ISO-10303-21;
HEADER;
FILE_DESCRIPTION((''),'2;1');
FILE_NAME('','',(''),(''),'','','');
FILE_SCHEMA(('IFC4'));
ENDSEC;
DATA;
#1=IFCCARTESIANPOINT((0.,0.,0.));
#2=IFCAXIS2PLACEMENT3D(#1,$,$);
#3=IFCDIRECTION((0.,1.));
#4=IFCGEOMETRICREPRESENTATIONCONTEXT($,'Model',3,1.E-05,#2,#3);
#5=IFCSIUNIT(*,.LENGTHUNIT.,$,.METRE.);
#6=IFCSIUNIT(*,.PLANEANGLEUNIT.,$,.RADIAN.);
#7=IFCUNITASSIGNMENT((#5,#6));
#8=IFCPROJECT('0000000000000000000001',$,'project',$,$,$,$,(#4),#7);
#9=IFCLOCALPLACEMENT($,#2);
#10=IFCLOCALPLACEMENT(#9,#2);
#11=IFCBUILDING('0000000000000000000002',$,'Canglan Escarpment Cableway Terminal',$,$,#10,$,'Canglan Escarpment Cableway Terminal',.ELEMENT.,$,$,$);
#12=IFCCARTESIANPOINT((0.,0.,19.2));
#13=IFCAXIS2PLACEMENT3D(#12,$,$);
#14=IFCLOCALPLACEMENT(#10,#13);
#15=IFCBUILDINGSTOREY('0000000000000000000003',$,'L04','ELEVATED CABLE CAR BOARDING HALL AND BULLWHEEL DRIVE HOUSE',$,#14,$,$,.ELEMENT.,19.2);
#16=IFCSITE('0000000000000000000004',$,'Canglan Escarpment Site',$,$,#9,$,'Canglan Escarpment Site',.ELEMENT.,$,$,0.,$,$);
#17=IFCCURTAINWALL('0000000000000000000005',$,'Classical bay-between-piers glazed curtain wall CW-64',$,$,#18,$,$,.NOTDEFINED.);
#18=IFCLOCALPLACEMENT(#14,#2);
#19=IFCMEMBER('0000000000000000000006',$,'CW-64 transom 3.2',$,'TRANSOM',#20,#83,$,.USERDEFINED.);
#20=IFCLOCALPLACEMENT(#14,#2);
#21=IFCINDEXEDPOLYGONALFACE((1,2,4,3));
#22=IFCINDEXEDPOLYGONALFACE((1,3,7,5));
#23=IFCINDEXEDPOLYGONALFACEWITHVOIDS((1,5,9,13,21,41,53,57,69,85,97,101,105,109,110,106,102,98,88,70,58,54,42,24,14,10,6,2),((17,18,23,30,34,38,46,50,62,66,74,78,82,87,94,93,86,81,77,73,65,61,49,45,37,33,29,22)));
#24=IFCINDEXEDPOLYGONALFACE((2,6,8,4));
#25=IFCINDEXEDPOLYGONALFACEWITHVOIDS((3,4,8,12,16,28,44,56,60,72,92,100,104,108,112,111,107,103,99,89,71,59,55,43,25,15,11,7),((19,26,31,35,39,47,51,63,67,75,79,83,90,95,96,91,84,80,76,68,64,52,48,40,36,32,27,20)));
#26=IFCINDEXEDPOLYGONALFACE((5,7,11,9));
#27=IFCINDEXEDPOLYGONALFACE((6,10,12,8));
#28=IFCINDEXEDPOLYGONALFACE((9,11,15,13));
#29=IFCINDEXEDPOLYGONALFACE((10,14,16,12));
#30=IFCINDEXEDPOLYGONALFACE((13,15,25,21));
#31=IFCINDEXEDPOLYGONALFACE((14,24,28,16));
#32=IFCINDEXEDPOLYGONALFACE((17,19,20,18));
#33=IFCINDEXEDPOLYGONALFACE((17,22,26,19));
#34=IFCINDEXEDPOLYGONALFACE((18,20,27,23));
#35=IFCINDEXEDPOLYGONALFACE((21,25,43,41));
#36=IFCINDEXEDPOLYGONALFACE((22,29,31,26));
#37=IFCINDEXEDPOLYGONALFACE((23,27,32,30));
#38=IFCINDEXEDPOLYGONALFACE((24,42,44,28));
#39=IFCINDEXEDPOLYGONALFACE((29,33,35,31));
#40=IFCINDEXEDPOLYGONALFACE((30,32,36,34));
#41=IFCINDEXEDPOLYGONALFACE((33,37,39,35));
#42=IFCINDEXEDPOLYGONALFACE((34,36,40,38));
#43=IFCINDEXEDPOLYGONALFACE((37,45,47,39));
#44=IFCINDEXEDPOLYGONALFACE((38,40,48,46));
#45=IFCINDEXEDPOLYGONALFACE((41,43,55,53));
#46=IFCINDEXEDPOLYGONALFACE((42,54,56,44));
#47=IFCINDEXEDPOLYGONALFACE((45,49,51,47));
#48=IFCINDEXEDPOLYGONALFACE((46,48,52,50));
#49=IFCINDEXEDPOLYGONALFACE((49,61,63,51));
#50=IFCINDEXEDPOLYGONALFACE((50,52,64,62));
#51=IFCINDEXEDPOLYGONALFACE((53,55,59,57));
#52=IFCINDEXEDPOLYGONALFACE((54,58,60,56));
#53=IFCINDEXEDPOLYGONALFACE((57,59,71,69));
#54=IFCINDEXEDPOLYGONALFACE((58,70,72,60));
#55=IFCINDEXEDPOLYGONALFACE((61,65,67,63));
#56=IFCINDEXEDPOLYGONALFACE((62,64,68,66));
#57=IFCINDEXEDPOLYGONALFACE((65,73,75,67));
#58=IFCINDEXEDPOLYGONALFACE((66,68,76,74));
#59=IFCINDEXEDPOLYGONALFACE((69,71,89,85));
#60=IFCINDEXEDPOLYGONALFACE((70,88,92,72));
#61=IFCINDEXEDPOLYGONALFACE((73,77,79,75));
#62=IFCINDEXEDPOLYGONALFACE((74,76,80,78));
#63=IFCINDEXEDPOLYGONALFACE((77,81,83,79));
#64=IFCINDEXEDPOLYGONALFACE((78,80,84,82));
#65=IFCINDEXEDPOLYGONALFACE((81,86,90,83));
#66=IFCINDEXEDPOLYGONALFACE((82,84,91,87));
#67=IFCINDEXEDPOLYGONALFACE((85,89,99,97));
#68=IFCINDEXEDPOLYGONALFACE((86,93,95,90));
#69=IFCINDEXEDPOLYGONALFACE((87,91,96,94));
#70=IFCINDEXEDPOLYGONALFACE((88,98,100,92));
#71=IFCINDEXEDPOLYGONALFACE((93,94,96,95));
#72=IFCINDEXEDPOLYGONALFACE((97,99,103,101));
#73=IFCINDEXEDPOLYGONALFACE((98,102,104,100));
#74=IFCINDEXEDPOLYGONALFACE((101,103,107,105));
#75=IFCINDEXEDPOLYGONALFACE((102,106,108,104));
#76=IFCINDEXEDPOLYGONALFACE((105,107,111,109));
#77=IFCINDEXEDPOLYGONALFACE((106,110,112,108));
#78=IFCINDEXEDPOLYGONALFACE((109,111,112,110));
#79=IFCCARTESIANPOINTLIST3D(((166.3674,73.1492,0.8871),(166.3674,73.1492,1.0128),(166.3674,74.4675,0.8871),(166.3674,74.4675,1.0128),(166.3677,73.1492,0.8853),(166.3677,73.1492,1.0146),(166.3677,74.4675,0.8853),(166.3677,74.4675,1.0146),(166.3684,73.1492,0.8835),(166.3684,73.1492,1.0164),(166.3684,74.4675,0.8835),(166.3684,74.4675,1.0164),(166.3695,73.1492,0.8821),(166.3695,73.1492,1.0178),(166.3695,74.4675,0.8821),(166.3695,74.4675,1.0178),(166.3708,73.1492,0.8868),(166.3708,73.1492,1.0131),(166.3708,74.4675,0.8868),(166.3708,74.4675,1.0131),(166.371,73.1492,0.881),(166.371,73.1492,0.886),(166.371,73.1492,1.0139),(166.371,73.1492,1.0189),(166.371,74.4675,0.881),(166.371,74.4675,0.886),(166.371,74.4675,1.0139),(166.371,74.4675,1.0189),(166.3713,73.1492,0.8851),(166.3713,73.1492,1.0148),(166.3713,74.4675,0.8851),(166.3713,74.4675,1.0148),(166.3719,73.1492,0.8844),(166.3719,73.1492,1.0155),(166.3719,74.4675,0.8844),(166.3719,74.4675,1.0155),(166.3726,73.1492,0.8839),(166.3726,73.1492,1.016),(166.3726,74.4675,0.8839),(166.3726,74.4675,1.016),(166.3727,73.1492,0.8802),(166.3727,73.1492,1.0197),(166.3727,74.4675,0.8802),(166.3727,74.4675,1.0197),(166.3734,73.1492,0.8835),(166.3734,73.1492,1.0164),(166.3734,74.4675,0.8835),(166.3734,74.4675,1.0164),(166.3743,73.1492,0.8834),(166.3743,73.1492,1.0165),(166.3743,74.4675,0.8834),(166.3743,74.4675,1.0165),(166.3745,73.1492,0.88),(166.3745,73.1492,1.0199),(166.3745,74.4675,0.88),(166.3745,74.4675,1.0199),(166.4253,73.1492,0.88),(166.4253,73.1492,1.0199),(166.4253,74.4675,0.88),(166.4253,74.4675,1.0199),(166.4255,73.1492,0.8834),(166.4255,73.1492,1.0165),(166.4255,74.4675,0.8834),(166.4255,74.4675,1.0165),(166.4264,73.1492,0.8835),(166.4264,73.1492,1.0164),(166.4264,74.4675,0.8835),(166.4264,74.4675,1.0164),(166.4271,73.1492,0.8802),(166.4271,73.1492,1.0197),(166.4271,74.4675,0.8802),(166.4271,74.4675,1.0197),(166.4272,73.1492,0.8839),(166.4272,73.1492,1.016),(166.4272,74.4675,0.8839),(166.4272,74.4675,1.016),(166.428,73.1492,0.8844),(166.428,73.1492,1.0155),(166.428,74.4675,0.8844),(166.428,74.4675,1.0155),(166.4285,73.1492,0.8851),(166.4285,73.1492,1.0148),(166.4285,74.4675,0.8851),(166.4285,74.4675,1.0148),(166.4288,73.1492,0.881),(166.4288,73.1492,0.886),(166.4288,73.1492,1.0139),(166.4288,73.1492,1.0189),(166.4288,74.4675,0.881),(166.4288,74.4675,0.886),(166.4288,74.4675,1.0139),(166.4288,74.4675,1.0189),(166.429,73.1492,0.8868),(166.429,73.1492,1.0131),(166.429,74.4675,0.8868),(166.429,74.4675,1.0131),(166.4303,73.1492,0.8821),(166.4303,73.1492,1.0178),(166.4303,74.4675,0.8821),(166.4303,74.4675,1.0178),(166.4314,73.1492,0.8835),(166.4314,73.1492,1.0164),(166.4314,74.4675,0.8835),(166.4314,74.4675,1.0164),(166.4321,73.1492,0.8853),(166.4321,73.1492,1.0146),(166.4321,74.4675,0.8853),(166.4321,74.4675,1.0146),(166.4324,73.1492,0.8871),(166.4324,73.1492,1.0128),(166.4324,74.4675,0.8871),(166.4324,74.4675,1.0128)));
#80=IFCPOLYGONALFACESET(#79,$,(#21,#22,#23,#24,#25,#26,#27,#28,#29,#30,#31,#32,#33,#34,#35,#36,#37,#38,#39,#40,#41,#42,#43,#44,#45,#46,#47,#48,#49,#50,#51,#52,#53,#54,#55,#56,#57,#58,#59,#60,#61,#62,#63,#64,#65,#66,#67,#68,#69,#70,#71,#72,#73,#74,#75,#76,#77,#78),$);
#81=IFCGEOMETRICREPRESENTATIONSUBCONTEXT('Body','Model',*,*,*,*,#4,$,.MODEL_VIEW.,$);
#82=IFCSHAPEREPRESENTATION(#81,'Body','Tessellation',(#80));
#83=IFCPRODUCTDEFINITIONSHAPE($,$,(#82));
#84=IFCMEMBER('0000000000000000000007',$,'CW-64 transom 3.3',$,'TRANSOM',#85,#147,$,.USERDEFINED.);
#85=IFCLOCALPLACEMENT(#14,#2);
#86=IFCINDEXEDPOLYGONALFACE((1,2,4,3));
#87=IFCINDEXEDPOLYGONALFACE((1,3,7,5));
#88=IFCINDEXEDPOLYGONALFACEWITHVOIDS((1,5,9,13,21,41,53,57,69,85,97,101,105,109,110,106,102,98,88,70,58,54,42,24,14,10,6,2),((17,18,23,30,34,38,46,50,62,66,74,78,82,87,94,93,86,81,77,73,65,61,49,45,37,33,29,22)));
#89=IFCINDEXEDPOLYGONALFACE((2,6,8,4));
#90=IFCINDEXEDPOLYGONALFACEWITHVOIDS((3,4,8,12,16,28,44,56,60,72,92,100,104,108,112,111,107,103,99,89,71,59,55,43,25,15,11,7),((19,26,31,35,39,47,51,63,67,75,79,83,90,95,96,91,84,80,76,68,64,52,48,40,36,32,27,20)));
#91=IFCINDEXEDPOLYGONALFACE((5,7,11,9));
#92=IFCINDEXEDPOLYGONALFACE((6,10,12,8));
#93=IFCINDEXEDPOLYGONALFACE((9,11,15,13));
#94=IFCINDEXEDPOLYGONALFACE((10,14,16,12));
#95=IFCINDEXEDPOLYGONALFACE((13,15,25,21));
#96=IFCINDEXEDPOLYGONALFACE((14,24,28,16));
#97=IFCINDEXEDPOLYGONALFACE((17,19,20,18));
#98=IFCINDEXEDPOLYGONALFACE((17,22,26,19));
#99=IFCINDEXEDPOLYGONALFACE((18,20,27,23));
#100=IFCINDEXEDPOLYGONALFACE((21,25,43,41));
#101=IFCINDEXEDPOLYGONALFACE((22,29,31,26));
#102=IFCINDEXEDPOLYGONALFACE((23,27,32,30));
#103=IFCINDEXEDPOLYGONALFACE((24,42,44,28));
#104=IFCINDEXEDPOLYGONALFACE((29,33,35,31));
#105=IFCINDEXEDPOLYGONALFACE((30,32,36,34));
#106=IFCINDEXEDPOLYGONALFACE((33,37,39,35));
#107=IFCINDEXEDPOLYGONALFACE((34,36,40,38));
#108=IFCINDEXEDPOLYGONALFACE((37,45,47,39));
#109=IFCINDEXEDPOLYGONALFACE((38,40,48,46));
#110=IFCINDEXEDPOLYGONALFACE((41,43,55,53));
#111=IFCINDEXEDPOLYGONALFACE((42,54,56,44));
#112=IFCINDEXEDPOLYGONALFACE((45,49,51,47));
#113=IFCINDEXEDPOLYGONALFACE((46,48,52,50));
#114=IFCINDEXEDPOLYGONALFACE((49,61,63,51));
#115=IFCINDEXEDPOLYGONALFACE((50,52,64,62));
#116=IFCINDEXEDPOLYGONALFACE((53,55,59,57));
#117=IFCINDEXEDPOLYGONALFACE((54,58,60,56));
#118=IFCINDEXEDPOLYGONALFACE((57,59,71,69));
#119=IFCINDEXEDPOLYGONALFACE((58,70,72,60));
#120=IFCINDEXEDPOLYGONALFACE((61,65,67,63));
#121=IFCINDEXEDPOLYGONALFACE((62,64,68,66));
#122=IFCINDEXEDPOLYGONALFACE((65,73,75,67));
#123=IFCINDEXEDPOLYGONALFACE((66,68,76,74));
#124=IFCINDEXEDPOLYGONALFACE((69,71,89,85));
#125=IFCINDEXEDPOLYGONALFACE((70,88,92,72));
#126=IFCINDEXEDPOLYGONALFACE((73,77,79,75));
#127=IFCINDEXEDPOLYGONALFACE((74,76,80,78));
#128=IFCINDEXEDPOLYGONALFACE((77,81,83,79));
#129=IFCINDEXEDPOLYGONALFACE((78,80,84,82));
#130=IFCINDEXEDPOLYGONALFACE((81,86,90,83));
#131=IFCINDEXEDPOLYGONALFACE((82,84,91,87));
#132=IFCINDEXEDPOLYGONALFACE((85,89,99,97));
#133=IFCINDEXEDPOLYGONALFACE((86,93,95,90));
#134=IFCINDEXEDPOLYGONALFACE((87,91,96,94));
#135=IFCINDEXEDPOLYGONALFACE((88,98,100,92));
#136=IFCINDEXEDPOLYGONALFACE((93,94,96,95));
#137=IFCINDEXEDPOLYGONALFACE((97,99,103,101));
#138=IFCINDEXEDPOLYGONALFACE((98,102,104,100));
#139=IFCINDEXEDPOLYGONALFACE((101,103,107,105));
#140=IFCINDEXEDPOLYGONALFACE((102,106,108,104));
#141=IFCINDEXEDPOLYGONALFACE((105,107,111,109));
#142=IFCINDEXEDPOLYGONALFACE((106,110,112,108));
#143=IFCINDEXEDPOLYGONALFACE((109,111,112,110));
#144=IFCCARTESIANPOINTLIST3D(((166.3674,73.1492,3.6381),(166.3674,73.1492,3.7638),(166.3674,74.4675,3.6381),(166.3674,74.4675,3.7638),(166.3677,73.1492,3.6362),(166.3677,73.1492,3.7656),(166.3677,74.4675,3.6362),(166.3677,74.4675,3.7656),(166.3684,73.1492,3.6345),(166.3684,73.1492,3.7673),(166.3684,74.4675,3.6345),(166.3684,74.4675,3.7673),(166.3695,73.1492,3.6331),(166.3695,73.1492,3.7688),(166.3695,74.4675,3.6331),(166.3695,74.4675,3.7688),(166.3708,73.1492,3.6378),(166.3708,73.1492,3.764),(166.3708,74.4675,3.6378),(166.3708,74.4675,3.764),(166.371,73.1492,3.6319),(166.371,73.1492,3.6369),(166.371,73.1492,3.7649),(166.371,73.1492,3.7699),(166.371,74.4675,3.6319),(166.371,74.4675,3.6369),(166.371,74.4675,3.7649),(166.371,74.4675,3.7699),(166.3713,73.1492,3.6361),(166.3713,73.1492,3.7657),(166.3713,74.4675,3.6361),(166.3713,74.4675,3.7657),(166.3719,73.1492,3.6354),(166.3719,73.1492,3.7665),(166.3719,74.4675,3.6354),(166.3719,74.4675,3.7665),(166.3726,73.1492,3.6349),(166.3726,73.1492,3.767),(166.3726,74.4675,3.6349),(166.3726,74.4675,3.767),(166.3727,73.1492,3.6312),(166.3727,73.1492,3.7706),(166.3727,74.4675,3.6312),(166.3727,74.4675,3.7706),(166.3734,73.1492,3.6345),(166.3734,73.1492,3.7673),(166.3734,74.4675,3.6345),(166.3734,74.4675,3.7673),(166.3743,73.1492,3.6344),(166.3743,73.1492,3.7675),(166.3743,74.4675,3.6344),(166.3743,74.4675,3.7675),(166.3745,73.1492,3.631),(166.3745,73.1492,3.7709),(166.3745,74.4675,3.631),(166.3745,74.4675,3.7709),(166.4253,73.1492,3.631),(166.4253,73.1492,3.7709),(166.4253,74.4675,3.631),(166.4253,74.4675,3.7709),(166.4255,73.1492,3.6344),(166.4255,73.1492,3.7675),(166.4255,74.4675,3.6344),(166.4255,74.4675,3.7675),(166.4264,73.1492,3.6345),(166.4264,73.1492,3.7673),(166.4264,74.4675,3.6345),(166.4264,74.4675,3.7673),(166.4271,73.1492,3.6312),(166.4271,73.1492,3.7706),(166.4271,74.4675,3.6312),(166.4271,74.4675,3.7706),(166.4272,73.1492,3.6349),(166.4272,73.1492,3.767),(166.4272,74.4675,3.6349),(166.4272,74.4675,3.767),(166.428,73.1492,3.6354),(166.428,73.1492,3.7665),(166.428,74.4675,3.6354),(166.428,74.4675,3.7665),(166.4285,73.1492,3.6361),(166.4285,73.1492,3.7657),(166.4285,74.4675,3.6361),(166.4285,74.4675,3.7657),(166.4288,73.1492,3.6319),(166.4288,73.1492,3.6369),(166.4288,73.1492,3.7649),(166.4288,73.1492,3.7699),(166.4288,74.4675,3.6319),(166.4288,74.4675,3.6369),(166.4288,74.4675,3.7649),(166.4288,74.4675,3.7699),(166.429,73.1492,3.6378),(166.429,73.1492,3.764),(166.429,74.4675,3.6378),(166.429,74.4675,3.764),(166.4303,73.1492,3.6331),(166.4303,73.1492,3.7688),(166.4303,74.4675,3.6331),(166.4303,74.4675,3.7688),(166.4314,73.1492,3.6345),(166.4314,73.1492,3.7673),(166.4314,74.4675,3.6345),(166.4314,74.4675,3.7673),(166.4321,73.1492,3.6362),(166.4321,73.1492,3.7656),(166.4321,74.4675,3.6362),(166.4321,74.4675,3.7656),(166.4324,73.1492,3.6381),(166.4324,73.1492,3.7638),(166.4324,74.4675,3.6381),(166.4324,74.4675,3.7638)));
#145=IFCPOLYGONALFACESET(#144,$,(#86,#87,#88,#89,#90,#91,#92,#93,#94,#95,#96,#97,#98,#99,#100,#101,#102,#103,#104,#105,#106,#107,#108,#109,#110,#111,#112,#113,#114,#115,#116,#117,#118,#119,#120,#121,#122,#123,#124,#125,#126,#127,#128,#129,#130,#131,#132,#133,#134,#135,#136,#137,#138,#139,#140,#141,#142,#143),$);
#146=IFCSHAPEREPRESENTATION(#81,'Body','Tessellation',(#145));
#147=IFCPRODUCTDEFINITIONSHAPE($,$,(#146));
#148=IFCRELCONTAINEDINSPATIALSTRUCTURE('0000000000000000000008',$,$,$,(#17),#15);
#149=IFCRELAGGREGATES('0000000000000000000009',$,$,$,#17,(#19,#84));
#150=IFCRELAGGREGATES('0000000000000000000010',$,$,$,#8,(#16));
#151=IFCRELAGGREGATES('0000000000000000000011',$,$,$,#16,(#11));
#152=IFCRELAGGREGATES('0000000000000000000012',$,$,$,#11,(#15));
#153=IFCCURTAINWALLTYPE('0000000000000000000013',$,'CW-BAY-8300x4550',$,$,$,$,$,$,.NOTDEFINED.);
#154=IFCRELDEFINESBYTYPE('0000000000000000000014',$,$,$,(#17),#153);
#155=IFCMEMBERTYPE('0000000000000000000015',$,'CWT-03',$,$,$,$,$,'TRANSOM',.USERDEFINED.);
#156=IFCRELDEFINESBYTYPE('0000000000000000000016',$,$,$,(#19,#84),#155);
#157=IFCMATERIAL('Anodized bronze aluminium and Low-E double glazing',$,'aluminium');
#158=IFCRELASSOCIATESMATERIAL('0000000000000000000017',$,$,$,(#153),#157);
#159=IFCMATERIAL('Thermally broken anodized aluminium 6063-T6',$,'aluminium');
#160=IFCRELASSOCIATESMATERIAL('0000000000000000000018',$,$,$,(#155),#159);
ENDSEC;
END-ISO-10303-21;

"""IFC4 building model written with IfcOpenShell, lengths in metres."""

from ifc_helpers import new_model, si_unit, direction, frame, origin, origin_2d, place, context, subcontext, project, spatial, hollow_rectangle, extrude, material, material_profile, profile_set, type_object, element, aggregate, save


model = new_model("IFC4")

# Units and contexts
model_context = context("Model", 3, precision=1e-05, world=origin(), true_north=direction((0.0, 1.0)))
body_context = subcontext(model_context, "Body", "Model", "MODEL_VIEW")
ifc_project = project(units=[si_unit("LENGTHUNIT", "METRE"), si_unit("PLANEANGLEUNIT", "RADIAN")], contexts=[model_context])

# Site, building, storey
site_placement = place(None, origin())
site = spatial("IfcSite", under=ifc_project, at=site_placement, Name="Canglan Escarpment Site", LongName="Canglan Escarpment Site", CompositionType="ELEMENT", RefElevation=0.0)
building_placement = place(site_placement, origin())
building = spatial("IfcBuilding", under=site, at=building_placement, Name="Canglan Escarpment Cableway Terminal", LongName="Canglan Escarpment Cableway Terminal", CompositionType="ELEMENT")
storey_placement = place(building_placement, frame((0.0, 0.0, 19.2)))
storey = spatial("IfcBuildingStorey", under=building, at=storey_placement, Name="L04", Description="ELEVATED CABLE CAR BOARDING HALL AND BULLWHEEL DRIVE HOUSE", CompositionType="ELEMENT", Elevation=19.2)

# Curtain wall, members
ifc_material_1 = material(Name="Anodized bronze aluminium and Low-E double glazing", Category="aluminium")
curtain_wall_type = type_object("IfcCurtainWallType", Name="CW-BAY-8300x4550", PredefinedType="NOTDEFINED", material=ifc_material_1)
curtain_wall_placement = place(storey_placement, origin())
curtain_wall = element("IfcCurtainWall", 1, at=curtain_wall_placement, inside=storey, type_object=curtain_wall_type, Name="Classical bay-between-piers glazed curtain wall CW-64", PredefinedType="NOTDEFINED")
ifc_material_2 = material(Name="Thermally broken anodized aluminium 6063-T6", Category="aluminium")
ifc_material_profile_1 = material_profile(ifc_material_2, hollow_rectangle(XDim=0.0649, YDim=0.1399, WallThickness=0.0034, InnerFilletRadius=0.0034, OuterFilletRadius=0.0071, at=origin_2d()), Name="ALU-TRAN 65x140x3.5")
ifc_profile_set_1 = profile_set([ifc_material_profile_1], Name="Thermally broken anodized aluminium 6063-T6")
member_type_1 = type_object("IfcMemberType", Name="CWT-03", ElementType="TRANSOM", PredefinedType="USERDEFINED", material=ifc_profile_set_1)
member_1_placement = place(storey_placement, frame((166.3999, 73.1492, 0.95), z_axis=(0.0, 1.0, 0.0), x_axis=(-1.0, 0.0, 0.0)))
member_1 = element("IfcMember", 2, at=member_1_placement, type_object=member_type_1, Name="CW-64 transom 3.2", ObjectType="TRANSOM", PredefinedType="USERDEFINED", context=body_context, shape_type="SweptSolid", body=[
    extrude(hollow_rectangle(XDim=0.0649, YDim=0.1399, WallThickness=0.0034, InnerFilletRadius=0.0034, OuterFilletRadius=0.0071, at=origin_2d()), origin(), (0.0, 0.0, 1.0), 1.3184),
])
member_2_placement = place(storey_placement, frame((166.3999, 73.1492, 3.7009), z_axis=(0.0, 1.0, 0.0), x_axis=(-1.0, 0.0, 0.0)))
member_2 = element("IfcMember", 3, at=member_2_placement, type_object=member_type_1, Name="CW-64 transom 3.3", ObjectType="TRANSOM", PredefinedType="USERDEFINED", context=body_context, shape_type="SweptSolid", body=[
    extrude(hollow_rectangle(XDim=0.0649, YDim=0.1399, WallThickness=0.0034, InnerFilletRadius=0.0034, OuterFilletRadius=0.0071, at=origin_2d()), origin(), (0.0, 0.0, 1.0), 1.3184),
])
aggregate(curtain_wall, [member_1, member_2])

save(model, "model.ifc")
